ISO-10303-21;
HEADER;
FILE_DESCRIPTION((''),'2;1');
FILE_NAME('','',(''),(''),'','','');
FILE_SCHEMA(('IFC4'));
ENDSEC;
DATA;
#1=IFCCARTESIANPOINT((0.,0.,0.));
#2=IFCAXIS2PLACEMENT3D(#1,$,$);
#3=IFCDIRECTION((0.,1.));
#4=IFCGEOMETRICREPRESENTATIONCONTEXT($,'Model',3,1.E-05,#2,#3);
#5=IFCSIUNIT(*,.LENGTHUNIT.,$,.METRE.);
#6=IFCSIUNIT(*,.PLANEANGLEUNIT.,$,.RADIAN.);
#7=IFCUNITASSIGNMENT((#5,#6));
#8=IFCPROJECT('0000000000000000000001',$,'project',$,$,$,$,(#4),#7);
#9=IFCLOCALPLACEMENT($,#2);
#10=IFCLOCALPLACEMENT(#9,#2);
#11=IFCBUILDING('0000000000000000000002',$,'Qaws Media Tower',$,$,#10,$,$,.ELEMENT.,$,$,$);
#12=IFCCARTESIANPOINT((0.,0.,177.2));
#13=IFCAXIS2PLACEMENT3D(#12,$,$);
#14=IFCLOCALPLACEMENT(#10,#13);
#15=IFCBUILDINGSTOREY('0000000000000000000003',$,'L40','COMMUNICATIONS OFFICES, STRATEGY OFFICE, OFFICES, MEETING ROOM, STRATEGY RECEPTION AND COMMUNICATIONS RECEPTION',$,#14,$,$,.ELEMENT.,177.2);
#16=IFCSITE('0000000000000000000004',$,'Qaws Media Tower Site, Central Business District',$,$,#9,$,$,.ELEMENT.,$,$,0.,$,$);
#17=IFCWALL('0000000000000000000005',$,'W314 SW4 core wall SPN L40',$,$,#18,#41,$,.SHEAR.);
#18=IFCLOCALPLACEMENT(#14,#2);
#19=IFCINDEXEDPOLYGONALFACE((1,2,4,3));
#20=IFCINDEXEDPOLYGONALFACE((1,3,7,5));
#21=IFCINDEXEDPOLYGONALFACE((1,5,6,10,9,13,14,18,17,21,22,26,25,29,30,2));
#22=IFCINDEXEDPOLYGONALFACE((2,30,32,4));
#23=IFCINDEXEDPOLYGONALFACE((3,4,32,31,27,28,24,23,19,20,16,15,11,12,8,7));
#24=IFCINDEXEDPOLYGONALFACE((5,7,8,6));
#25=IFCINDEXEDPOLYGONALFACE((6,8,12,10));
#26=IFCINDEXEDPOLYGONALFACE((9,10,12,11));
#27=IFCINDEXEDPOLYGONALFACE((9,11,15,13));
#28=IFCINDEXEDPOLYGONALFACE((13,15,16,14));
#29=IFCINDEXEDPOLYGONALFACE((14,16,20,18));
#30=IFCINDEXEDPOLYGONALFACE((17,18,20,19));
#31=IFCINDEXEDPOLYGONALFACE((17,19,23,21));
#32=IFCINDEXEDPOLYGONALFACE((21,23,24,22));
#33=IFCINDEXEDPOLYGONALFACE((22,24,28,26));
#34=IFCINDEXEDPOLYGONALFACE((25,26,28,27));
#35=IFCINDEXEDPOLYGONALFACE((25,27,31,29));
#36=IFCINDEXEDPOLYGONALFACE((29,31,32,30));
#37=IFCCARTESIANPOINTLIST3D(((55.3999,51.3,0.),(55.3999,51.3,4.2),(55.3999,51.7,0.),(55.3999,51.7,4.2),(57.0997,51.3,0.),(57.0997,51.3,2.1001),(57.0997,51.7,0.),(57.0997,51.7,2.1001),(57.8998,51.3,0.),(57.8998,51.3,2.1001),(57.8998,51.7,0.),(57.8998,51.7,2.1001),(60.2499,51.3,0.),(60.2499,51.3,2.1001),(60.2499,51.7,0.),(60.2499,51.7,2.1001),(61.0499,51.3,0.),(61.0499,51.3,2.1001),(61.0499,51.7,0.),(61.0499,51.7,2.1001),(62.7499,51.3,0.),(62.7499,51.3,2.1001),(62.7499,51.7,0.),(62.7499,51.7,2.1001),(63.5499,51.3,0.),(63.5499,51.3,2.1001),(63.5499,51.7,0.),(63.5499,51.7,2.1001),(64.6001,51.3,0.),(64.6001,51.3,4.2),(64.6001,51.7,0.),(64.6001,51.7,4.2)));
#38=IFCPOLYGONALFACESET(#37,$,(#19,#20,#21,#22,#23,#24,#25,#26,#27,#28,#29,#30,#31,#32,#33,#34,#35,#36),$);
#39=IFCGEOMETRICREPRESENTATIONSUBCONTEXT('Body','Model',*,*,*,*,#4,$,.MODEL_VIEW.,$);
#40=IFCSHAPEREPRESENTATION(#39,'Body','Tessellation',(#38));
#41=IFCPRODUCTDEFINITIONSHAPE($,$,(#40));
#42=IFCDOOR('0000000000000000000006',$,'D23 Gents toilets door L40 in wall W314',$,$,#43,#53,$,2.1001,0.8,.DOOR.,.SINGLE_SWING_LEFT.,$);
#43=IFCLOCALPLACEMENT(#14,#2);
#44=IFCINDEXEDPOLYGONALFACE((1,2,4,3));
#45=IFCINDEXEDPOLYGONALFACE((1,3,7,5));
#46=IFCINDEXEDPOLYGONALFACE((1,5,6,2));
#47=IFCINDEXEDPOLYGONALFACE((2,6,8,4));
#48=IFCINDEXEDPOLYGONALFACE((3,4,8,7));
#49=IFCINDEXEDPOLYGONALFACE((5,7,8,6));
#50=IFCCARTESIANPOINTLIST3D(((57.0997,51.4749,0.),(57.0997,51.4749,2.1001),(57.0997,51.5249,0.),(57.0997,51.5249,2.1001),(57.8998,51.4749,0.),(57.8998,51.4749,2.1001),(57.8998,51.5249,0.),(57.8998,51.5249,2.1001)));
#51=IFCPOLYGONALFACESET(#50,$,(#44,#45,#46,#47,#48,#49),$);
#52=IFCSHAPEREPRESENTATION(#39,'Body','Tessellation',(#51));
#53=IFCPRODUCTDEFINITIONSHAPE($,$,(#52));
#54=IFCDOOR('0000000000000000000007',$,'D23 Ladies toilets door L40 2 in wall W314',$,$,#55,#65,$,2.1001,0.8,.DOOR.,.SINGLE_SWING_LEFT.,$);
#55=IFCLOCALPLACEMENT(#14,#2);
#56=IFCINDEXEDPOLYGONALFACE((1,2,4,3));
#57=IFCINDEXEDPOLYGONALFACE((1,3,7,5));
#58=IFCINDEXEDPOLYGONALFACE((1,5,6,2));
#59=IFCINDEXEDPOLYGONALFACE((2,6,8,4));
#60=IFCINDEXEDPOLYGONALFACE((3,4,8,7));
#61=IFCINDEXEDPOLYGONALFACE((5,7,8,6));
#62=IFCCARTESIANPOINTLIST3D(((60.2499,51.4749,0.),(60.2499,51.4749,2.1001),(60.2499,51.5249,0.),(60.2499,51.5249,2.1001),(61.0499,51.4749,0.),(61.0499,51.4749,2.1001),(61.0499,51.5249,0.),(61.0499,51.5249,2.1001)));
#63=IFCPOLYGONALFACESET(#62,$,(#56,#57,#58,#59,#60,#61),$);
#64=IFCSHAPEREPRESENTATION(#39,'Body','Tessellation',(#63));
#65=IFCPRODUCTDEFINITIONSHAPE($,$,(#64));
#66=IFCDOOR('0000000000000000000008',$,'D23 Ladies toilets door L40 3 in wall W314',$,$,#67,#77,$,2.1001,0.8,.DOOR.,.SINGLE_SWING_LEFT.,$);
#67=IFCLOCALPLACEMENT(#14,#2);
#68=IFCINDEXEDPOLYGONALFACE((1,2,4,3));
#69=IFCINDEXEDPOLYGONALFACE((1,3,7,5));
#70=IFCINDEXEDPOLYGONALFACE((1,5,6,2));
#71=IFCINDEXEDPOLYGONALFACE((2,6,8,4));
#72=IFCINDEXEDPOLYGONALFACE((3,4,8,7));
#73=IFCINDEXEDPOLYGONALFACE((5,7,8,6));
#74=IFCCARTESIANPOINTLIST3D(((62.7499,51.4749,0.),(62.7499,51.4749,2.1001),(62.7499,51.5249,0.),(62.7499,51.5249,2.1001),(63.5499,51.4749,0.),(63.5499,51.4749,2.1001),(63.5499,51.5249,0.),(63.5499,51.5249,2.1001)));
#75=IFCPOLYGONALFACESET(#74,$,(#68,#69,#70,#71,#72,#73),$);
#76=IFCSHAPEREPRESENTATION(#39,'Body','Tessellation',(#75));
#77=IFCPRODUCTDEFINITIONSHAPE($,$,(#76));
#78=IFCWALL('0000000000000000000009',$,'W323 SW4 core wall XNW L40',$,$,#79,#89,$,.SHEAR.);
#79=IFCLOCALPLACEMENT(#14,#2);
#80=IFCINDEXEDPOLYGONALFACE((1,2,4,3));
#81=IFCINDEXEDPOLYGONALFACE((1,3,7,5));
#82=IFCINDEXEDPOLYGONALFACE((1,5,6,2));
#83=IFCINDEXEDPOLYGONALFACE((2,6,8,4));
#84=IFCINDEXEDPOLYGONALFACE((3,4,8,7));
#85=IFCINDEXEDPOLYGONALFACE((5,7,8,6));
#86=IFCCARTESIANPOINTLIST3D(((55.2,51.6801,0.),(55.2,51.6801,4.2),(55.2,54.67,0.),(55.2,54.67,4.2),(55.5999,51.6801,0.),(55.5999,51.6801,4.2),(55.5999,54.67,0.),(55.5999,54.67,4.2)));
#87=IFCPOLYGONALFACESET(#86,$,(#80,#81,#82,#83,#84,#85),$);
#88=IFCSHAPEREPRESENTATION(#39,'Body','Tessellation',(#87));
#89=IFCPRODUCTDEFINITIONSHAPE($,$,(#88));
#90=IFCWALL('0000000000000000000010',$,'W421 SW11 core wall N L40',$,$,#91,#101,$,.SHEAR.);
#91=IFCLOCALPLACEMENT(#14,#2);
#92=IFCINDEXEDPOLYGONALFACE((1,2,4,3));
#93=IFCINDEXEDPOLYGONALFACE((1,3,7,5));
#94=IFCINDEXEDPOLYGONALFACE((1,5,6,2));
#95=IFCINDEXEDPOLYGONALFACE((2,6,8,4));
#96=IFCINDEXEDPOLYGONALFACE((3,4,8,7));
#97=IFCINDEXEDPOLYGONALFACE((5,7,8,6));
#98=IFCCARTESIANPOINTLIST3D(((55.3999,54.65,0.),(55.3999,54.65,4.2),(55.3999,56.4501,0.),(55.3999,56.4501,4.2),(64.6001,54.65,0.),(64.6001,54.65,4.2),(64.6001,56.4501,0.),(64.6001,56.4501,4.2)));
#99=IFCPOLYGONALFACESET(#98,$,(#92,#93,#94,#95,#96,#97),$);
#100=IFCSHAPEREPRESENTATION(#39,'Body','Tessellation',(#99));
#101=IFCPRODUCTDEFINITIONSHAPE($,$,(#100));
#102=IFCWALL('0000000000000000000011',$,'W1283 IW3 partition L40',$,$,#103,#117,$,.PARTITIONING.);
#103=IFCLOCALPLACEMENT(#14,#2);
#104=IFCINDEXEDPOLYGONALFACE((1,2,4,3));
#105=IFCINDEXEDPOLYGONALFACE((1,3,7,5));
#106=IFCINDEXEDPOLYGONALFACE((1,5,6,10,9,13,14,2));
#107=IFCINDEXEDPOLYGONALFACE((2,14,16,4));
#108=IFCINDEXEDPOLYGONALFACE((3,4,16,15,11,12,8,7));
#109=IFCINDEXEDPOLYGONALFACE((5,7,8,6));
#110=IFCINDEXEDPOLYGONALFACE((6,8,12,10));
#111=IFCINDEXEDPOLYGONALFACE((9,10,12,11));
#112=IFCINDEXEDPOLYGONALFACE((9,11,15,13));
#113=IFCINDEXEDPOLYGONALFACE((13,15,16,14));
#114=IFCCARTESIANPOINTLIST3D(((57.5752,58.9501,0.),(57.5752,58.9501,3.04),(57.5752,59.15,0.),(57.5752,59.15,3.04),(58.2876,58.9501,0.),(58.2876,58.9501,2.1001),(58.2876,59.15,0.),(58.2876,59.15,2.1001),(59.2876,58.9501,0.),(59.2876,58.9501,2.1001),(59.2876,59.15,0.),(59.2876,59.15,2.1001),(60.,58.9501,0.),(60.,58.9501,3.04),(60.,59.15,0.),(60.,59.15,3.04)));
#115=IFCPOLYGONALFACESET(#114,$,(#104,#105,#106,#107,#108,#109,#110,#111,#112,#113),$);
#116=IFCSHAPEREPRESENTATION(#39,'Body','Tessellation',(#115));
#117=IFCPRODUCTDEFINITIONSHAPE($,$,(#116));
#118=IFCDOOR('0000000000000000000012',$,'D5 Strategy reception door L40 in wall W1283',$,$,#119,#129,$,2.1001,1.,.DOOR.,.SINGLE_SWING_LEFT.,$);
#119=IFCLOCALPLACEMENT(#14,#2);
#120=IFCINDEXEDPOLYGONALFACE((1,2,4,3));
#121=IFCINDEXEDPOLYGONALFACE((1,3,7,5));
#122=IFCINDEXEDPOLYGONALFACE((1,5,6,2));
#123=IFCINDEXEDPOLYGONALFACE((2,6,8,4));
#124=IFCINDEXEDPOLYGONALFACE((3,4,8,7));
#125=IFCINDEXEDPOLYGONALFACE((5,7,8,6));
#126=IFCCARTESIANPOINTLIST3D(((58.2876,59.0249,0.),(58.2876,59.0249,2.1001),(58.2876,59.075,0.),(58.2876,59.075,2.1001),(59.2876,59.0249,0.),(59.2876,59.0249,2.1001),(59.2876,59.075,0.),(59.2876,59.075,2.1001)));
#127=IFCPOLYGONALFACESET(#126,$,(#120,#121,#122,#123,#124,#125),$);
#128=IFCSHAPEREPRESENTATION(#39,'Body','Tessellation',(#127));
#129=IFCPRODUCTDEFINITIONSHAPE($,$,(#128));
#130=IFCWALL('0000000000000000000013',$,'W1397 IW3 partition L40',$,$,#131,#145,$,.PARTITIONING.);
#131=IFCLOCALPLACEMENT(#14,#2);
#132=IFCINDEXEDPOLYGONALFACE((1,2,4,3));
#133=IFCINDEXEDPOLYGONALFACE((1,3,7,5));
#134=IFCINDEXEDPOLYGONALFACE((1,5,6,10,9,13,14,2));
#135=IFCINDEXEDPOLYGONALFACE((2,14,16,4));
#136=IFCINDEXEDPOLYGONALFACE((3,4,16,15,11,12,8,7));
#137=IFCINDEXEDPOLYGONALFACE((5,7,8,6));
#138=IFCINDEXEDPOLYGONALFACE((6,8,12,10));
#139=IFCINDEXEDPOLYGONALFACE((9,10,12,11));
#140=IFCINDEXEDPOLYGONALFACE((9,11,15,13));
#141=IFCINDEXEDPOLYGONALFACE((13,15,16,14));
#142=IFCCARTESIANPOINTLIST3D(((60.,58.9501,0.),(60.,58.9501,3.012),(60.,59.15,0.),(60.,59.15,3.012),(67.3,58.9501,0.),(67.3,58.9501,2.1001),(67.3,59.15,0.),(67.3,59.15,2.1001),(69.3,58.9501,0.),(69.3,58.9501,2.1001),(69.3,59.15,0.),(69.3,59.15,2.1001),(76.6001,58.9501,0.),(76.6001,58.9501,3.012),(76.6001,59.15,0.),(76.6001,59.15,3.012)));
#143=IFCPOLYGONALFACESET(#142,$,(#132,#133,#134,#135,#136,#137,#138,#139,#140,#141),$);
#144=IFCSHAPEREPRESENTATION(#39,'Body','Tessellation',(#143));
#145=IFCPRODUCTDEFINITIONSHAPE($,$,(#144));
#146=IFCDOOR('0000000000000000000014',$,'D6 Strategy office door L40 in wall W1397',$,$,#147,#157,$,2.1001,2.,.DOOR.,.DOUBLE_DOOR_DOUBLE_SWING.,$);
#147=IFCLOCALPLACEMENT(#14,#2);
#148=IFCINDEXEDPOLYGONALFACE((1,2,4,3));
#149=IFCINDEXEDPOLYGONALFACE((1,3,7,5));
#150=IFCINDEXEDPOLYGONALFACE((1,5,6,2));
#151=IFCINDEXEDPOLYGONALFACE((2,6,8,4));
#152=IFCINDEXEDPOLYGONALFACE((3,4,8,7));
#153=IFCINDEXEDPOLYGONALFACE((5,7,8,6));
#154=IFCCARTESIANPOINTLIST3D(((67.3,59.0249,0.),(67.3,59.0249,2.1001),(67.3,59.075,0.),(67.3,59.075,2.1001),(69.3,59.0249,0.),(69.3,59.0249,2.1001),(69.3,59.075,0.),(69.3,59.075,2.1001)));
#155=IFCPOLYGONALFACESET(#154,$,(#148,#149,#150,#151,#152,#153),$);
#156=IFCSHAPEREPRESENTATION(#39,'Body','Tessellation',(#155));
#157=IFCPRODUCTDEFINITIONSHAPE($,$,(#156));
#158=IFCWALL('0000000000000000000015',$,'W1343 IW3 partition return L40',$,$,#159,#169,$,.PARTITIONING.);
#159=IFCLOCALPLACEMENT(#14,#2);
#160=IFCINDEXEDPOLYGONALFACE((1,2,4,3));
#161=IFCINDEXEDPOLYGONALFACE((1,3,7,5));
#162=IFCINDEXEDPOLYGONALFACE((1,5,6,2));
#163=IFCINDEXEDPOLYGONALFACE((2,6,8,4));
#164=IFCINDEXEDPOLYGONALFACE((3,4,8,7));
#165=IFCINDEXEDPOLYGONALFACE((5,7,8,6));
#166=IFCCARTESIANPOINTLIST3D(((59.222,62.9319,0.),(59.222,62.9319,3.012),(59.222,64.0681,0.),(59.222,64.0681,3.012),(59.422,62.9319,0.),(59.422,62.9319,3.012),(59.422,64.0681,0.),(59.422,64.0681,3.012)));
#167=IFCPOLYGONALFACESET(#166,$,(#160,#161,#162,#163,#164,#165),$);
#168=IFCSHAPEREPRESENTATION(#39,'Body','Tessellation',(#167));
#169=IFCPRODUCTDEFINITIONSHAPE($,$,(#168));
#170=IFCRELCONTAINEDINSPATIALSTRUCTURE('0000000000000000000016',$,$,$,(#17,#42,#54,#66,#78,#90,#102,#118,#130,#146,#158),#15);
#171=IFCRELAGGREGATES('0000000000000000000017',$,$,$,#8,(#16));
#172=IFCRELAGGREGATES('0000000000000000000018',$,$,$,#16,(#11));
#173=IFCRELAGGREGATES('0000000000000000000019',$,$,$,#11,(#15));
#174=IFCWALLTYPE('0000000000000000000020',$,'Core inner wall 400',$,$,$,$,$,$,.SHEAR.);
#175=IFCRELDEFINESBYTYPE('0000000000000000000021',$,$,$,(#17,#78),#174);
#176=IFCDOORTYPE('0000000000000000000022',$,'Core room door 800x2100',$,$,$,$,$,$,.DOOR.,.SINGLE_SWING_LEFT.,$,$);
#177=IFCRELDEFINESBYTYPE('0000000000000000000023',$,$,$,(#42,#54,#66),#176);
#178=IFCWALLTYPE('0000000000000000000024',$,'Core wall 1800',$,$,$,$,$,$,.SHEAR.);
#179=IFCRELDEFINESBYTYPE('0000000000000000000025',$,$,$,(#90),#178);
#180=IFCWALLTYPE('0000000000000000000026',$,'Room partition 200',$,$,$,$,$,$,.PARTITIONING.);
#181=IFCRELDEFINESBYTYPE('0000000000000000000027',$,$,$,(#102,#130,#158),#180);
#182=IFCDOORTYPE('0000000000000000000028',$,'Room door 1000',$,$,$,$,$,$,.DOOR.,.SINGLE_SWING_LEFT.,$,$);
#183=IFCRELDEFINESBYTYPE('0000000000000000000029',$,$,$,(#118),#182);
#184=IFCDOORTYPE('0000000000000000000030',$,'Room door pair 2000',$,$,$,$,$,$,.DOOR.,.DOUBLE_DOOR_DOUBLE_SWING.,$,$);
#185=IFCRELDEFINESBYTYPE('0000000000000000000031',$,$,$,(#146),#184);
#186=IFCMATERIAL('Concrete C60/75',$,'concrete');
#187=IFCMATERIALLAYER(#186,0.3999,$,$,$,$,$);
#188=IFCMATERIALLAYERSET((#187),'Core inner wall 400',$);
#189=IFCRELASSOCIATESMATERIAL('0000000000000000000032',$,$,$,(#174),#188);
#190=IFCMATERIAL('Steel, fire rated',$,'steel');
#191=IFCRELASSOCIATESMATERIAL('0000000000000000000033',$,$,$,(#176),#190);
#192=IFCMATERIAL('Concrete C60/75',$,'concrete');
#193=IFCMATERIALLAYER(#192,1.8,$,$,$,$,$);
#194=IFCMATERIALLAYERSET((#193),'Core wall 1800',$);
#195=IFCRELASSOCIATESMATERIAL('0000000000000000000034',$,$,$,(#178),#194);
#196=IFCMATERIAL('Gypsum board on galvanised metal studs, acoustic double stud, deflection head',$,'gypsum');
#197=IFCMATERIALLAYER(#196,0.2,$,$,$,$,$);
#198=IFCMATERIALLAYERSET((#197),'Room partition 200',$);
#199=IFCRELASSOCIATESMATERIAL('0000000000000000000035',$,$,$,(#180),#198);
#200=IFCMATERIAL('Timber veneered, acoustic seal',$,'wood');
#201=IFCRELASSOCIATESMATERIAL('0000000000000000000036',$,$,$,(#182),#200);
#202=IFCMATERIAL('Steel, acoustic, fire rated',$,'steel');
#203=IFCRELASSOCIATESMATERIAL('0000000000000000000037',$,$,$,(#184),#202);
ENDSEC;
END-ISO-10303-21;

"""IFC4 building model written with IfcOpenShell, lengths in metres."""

from ifc_helpers import new_model, si_unit, direction, frame, frame_2d, origin, place, context, subcontext, project, spatial, rectangle, extrude, material, layer, layer_set, type_object, element, fill, save


model = new_model("IFC4")

# Units and contexts
model_context = context("Model", 3, precision=1e-05, world=origin(), true_north=direction((0.0, 1.0)))
body_context = subcontext(model_context, "Body", "Model", "MODEL_VIEW")
ifc_project = project(units=[si_unit("LENGTHUNIT", "METRE"), si_unit("PLANEANGLEUNIT", "RADIAN")], contexts=[model_context])

# Site, building, storey
site_placement = place(None, origin())
site = spatial("IfcSite", under=ifc_project, at=site_placement, Name="Qaws Media Tower Site, Central Business District", CompositionType="ELEMENT", RefElevation=0.0)
building_placement = place(site_placement, origin())
building = spatial("IfcBuilding", under=site, at=building_placement, Name="Qaws Media Tower", CompositionType="ELEMENT")
storey_placement = place(building_placement, frame((0.0, 0.0, 177.2)))
storey = spatial("IfcBuildingStorey", under=building, at=storey_placement, Name="L40", Description="COMMUNICATIONS OFFICES, STRATEGY OFFICE, OFFICES, MEETING ROOM, STRATEGY RECEPTION AND COMMUNICATIONS RECEPTION", CompositionType="ELEMENT", Elevation=177.2)

# Wall, openings, doors
ifc_material_1 = material(Name="Concrete C60/75", Category="concrete")
ifc_layer_1 = layer(ifc_material_1, 0.3999)
ifc_layer_set_1 = layer_set([ifc_layer_1], Name="Core inner wall 400")
wall_type_1 = type_object("IfcWallType", Name="Core inner wall 400", PredefinedType="SHEAR", material=ifc_layer_set_1)
wall_1_placement = place(storey_placement, frame((55.3999, 51.5, 0.0), z_axis=(0.0, 0.0, 1.0), x_axis=(1.0, 0.0, 0.0)))
wall_1 = element("IfcWall", 1, at=wall_1_placement, inside=storey, type_object=wall_type_1, Name="W314 SW4 core wall SPN L40", PredefinedType="SHEAR", context=body_context, shape_type="SweptSolid", body=[
    extrude(rectangle(XDim=9.2002, YDim=0.3999, at=frame_2d((4.6001, 0.0))), origin(), (0.0, 0.0, 1.0), 4.2),
])
opening_1_placement = place(wall_1_placement, frame((1.7, 0.0, 0.0)))
opening_1 = element("IfcOpeningElement", 2, at=opening_1_placement, cuts=wall_1, PredefinedType="OPENING", context=body_context, shape_type="SweptSolid", body=[
    extrude(rectangle(XDim=0.8, YDim=2.1001, at=frame_2d((0.3999, 1.05))), frame((0.0, 0.21, 0.0), z_axis=(0.0, -1.0, 0.0), x_axis=(1.0, 0.0, 0.0)), (0.0, 0.0, 1.0), 0.4199),
])
opening_2_placement = place(wall_1_placement, frame((4.8501, 0.0, 0.0)))
opening_2 = element("IfcOpeningElement", 3, at=opening_2_placement, cuts=wall_1, PredefinedType="OPENING", context=body_context, shape_type="SweptSolid", body=[
    extrude(rectangle(XDim=0.8, YDim=2.1001, at=frame_2d((0.3999, 1.05))), frame((0.0, 0.21, 0.0), z_axis=(0.0, -1.0, 0.0), x_axis=(1.0, 0.0, 0.0)), (0.0, 0.0, 1.0), 0.4199),
])
opening_3_placement = place(wall_1_placement, frame((7.3501, 0.0, 0.0)))
opening_3 = element("IfcOpeningElement", 4, at=opening_3_placement, cuts=wall_1, PredefinedType="OPENING", context=body_context, shape_type="SweptSolid", body=[
    extrude(rectangle(XDim=0.8, YDim=2.1001, at=frame_2d((0.3999, 1.05))), frame((0.0, 0.21, 0.0), z_axis=(0.0, -1.0, 0.0), x_axis=(1.0, 0.0, 0.0)), (0.0, 0.0, 1.0), 0.4199),
])
ifc_material_2 = material(Name="Steel, fire rated", Category="steel")
door_type_1 = type_object("IfcDoorType", Name="Core room door 800x2100", OperationType="SINGLE_SWING_LEFT", PredefinedType="DOOR", material=ifc_material_2)
door_1_placement = place(opening_1_placement, origin())
door_1 = element("IfcDoor", 5, at=door_1_placement, inside=storey, type_object=door_type_1, Name="D23 Gents toilets door L40 in wall W314", OperationType="SINGLE_SWING_LEFT", OverallHeight=2.1001, OverallWidth=0.8, PredefinedType="DOOR", context=body_context, shape_type="SweptSolid", body=[
    extrude(rectangle(XDim=0.8, YDim=2.1001, at=frame_2d((0.3999, 1.05))), frame((0.0, 0.0249, 0.0), z_axis=(0.0, -1.0, 0.0), x_axis=(1.0, 0.0, 0.0)), (0.0, 0.0, 1.0), 0.05),
])
fill(opening_1, door_1)
door_2_placement = place(opening_2_placement, origin())
door_2 = element("IfcDoor", 6, at=door_2_placement, inside=storey, type_object=door_type_1, Name="D23 Ladies toilets door L40 2 in wall W314", OperationType="SINGLE_SWING_LEFT", OverallHeight=2.1001, OverallWidth=0.8, PredefinedType="DOOR", context=body_context, shape_type="SweptSolid", body=[
    extrude(rectangle(XDim=0.8, YDim=2.1001, at=frame_2d((0.3999, 1.05))), frame((0.0, 0.0249, 0.0), z_axis=(0.0, -1.0, 0.0), x_axis=(1.0, 0.0, 0.0)), (0.0, 0.0, 1.0), 0.05),
])
fill(opening_2, door_2)
door_3_placement = place(opening_3_placement, origin())
door_3 = element("IfcDoor", 7, at=door_3_placement, inside=storey, type_object=door_type_1, Name="D23 Ladies toilets door L40 3 in wall W314", OperationType="SINGLE_SWING_LEFT", OverallHeight=2.1001, OverallWidth=0.8, PredefinedType="DOOR", context=body_context, shape_type="SweptSolid", body=[
    extrude(rectangle(XDim=0.8, YDim=2.1001, at=frame_2d((0.3999, 1.05))), frame((0.0, 0.0249, 0.0), z_axis=(0.0, -1.0, 0.0), x_axis=(1.0, 0.0, 0.0)), (0.0, 0.0, 1.0), 0.05),
])
fill(opening_3, door_3)

# Walls
wall_2_placement = place(storey_placement, frame((55.3999, 51.6799, 0.0), z_axis=(0.0, 0.0, 1.0), x_axis=(0.0, 1.0, 0.0)))
element("IfcWall", 8, at=wall_2_placement, inside=storey, type_object=wall_type_1, Name="W323 SW4 core wall XNW L40", PredefinedType="SHEAR", context=body_context, shape_type="SweptSolid", body=[
    extrude(rectangle(XDim=2.99, YDim=0.3999, at=frame_2d((1.4951, 0.0))), origin(), (0.0, 0.0, 1.0), 4.2),
])
ifc_material_3 = material(Name="Concrete C60/75", Category="concrete")
ifc_layer_2 = layer(ifc_material_3, 1.8)
ifc_layer_set_2 = layer_set([ifc_layer_2], Name="Core wall 1800")
wall_type_2 = type_object("IfcWallType", Name="Core wall 1800", PredefinedType="SHEAR", material=ifc_layer_set_2)
wall_3_placement = place(storey_placement, frame((55.3999, 55.55, 0.0), z_axis=(0.0, 0.0, 1.0), x_axis=(1.0, 0.0, 0.0)))
element("IfcWall", 9, at=wall_3_placement, inside=storey, type_object=wall_type_2, Name="W421 SW11 core wall N L40", PredefinedType="SHEAR", context=body_context, shape_type="SweptSolid", body=[
    extrude(rectangle(XDim=9.2002, YDim=1.8, at=frame_2d((4.6001, 0.0))), origin(), (0.0, 0.0, 1.0), 4.2),
])

# Walls, openings, doors
ifc_material_4 = material(Name="Gypsum board on galvanised metal studs, acoustic double stud, deflection head", Category="gypsum")
ifc_layer_3 = layer(ifc_material_4, 0.2)
ifc_layer_set_3 = layer_set([ifc_layer_3], Name="Room partition 200")
wall_type_3 = type_object("IfcWallType", Name="Room partition 200", PredefinedType="PARTITIONING", material=ifc_layer_set_3)
wall_4_placement = place(storey_placement, frame((57.5752, 59.05, 0.0), z_axis=(0.0, 0.0, 1.0), x_axis=(1.0, 0.0, 0.0)))
wall_4 = element("IfcWall", 10, at=wall_4_placement, inside=storey, type_object=wall_type_3, Name="W1283 IW3 partition L40", PredefinedType="PARTITIONING", context=body_context, shape_type="SweptSolid", body=[
    extrude(rectangle(XDim=2.4248, YDim=0.2, at=frame_2d((1.2124, 0.0))), origin(), (0.0, 0.0, 1.0), 3.04),
])
opening_4_placement = place(wall_4_placement, frame((0.7124, 0.0, 0.0)))
opening_4 = element("IfcOpeningElement", 11, at=opening_4_placement, cuts=wall_4, PredefinedType="OPENING", context=body_context, shape_type="SweptSolid", body=[
    extrude(rectangle(XDim=1.0, YDim=2.1001, at=frame_2d((0.5, 1.05))), frame((0.0, 0.1099, 0.0), z_axis=(0.0, -1.0, 0.0), x_axis=(1.0, 0.0, 0.0)), (0.0, 0.0, 1.0), 0.22),
])
ifc_material_5 = material(Name="Timber veneered, acoustic seal", Category="wood")
door_type_2 = type_object("IfcDoorType", Name="Room door 1000", OperationType="SINGLE_SWING_LEFT", PredefinedType="DOOR", material=ifc_material_5)
door_4_placement = place(opening_4_placement, origin())
door_4 = element("IfcDoor", 12, at=door_4_placement, inside=storey, type_object=door_type_2, Name="D5 Strategy reception door L40 in wall W1283", OperationType="SINGLE_SWING_LEFT", OverallHeight=2.1001, OverallWidth=1.0, PredefinedType="DOOR", context=body_context, shape_type="SweptSolid", body=[
    extrude(rectangle(XDim=1.0, YDim=2.1001, at=frame_2d((0.5, 1.05))), frame((0.0, 0.0249, 0.0), z_axis=(0.0, -1.0, 0.0), x_axis=(1.0, 0.0, 0.0)), (0.0, 0.0, 1.0), 0.05),
])
fill(opening_4, door_4)
wall_5_placement = place(storey_placement, frame((60.0, 59.05, 0.0), z_axis=(0.0, 0.0, 1.0), x_axis=(1.0, 0.0, 0.0)))
wall_5 = element("IfcWall", 13, at=wall_5_placement, inside=storey, type_object=wall_type_3, Name="W1397 IW3 partition L40", PredefinedType="PARTITIONING", context=body_context, shape_type="SweptSolid", body=[
    extrude(rectangle(XDim=16.6001, YDim=0.2, at=frame_2d((8.3, 0.0))), origin(), (0.0, 0.0, 1.0), 3.012),
])
opening_5_placement = place(wall_5_placement, frame((7.3, 0.0, 0.0)))
opening_5 = element("IfcOpeningElement", 14, at=opening_5_placement, cuts=wall_5, PredefinedType="OPENING", context=body_context, shape_type="SweptSolid", body=[
    extrude(rectangle(XDim=2.0, YDim=2.1001, at=frame_2d((1.0, 1.05))), frame((0.0, 0.1099, 0.0), z_axis=(0.0, -1.0, 0.0), x_axis=(1.0, 0.0, 0.0)), (0.0, 0.0, 1.0), 0.22),
])
ifc_material_6 = material(Name="Steel, acoustic, fire rated", Category="steel")
door_type_3 = type_object("IfcDoorType", Name="Room door pair 2000", OperationType="DOUBLE_DOOR_DOUBLE_SWING", PredefinedType="DOOR", material=ifc_material_6)
door_5_placement = place(opening_5_placement, origin())
door_5 = element("IfcDoor", 15, at=door_5_placement, inside=storey, type_object=door_type_3, Name="D6 Strategy office door L40 in wall W1397", OperationType="DOUBLE_DOOR_DOUBLE_SWING", OverallHeight=2.1001, OverallWidth=2.0, PredefinedType="DOOR", context=body_context, shape_type="SweptSolid", body=[
    extrude(rectangle(XDim=2.0, YDim=2.1001, at=frame_2d((1.0, 1.05))), frame((0.0, 0.0249, 0.0), z_axis=(0.0, -1.0, 0.0), x_axis=(1.0, 0.0, 0.0)), (0.0, 0.0, 1.0), 0.05),
])
fill(opening_5, door_5)

# Wall
wall_6_placement = place(storey_placement, frame((59.322, 62.9319, 0.0), z_axis=(0.0, 0.0, 1.0), x_axis=(0.0, 1.0, 0.0)))
element("IfcWall", 16, at=wall_6_placement, inside=storey, type_object=wall_type_3, Name="W1343 IW3 partition return L40", PredefinedType="PARTITIONING", context=body_context, shape_type="SweptSolid", body=[
    extrude(rectangle(XDim=1.1362, YDim=0.2, at=frame_2d((0.5681, 0.0))), origin(), (0.0, 0.0, 1.0), 3.012),
])

save(model, "model.ifc")
